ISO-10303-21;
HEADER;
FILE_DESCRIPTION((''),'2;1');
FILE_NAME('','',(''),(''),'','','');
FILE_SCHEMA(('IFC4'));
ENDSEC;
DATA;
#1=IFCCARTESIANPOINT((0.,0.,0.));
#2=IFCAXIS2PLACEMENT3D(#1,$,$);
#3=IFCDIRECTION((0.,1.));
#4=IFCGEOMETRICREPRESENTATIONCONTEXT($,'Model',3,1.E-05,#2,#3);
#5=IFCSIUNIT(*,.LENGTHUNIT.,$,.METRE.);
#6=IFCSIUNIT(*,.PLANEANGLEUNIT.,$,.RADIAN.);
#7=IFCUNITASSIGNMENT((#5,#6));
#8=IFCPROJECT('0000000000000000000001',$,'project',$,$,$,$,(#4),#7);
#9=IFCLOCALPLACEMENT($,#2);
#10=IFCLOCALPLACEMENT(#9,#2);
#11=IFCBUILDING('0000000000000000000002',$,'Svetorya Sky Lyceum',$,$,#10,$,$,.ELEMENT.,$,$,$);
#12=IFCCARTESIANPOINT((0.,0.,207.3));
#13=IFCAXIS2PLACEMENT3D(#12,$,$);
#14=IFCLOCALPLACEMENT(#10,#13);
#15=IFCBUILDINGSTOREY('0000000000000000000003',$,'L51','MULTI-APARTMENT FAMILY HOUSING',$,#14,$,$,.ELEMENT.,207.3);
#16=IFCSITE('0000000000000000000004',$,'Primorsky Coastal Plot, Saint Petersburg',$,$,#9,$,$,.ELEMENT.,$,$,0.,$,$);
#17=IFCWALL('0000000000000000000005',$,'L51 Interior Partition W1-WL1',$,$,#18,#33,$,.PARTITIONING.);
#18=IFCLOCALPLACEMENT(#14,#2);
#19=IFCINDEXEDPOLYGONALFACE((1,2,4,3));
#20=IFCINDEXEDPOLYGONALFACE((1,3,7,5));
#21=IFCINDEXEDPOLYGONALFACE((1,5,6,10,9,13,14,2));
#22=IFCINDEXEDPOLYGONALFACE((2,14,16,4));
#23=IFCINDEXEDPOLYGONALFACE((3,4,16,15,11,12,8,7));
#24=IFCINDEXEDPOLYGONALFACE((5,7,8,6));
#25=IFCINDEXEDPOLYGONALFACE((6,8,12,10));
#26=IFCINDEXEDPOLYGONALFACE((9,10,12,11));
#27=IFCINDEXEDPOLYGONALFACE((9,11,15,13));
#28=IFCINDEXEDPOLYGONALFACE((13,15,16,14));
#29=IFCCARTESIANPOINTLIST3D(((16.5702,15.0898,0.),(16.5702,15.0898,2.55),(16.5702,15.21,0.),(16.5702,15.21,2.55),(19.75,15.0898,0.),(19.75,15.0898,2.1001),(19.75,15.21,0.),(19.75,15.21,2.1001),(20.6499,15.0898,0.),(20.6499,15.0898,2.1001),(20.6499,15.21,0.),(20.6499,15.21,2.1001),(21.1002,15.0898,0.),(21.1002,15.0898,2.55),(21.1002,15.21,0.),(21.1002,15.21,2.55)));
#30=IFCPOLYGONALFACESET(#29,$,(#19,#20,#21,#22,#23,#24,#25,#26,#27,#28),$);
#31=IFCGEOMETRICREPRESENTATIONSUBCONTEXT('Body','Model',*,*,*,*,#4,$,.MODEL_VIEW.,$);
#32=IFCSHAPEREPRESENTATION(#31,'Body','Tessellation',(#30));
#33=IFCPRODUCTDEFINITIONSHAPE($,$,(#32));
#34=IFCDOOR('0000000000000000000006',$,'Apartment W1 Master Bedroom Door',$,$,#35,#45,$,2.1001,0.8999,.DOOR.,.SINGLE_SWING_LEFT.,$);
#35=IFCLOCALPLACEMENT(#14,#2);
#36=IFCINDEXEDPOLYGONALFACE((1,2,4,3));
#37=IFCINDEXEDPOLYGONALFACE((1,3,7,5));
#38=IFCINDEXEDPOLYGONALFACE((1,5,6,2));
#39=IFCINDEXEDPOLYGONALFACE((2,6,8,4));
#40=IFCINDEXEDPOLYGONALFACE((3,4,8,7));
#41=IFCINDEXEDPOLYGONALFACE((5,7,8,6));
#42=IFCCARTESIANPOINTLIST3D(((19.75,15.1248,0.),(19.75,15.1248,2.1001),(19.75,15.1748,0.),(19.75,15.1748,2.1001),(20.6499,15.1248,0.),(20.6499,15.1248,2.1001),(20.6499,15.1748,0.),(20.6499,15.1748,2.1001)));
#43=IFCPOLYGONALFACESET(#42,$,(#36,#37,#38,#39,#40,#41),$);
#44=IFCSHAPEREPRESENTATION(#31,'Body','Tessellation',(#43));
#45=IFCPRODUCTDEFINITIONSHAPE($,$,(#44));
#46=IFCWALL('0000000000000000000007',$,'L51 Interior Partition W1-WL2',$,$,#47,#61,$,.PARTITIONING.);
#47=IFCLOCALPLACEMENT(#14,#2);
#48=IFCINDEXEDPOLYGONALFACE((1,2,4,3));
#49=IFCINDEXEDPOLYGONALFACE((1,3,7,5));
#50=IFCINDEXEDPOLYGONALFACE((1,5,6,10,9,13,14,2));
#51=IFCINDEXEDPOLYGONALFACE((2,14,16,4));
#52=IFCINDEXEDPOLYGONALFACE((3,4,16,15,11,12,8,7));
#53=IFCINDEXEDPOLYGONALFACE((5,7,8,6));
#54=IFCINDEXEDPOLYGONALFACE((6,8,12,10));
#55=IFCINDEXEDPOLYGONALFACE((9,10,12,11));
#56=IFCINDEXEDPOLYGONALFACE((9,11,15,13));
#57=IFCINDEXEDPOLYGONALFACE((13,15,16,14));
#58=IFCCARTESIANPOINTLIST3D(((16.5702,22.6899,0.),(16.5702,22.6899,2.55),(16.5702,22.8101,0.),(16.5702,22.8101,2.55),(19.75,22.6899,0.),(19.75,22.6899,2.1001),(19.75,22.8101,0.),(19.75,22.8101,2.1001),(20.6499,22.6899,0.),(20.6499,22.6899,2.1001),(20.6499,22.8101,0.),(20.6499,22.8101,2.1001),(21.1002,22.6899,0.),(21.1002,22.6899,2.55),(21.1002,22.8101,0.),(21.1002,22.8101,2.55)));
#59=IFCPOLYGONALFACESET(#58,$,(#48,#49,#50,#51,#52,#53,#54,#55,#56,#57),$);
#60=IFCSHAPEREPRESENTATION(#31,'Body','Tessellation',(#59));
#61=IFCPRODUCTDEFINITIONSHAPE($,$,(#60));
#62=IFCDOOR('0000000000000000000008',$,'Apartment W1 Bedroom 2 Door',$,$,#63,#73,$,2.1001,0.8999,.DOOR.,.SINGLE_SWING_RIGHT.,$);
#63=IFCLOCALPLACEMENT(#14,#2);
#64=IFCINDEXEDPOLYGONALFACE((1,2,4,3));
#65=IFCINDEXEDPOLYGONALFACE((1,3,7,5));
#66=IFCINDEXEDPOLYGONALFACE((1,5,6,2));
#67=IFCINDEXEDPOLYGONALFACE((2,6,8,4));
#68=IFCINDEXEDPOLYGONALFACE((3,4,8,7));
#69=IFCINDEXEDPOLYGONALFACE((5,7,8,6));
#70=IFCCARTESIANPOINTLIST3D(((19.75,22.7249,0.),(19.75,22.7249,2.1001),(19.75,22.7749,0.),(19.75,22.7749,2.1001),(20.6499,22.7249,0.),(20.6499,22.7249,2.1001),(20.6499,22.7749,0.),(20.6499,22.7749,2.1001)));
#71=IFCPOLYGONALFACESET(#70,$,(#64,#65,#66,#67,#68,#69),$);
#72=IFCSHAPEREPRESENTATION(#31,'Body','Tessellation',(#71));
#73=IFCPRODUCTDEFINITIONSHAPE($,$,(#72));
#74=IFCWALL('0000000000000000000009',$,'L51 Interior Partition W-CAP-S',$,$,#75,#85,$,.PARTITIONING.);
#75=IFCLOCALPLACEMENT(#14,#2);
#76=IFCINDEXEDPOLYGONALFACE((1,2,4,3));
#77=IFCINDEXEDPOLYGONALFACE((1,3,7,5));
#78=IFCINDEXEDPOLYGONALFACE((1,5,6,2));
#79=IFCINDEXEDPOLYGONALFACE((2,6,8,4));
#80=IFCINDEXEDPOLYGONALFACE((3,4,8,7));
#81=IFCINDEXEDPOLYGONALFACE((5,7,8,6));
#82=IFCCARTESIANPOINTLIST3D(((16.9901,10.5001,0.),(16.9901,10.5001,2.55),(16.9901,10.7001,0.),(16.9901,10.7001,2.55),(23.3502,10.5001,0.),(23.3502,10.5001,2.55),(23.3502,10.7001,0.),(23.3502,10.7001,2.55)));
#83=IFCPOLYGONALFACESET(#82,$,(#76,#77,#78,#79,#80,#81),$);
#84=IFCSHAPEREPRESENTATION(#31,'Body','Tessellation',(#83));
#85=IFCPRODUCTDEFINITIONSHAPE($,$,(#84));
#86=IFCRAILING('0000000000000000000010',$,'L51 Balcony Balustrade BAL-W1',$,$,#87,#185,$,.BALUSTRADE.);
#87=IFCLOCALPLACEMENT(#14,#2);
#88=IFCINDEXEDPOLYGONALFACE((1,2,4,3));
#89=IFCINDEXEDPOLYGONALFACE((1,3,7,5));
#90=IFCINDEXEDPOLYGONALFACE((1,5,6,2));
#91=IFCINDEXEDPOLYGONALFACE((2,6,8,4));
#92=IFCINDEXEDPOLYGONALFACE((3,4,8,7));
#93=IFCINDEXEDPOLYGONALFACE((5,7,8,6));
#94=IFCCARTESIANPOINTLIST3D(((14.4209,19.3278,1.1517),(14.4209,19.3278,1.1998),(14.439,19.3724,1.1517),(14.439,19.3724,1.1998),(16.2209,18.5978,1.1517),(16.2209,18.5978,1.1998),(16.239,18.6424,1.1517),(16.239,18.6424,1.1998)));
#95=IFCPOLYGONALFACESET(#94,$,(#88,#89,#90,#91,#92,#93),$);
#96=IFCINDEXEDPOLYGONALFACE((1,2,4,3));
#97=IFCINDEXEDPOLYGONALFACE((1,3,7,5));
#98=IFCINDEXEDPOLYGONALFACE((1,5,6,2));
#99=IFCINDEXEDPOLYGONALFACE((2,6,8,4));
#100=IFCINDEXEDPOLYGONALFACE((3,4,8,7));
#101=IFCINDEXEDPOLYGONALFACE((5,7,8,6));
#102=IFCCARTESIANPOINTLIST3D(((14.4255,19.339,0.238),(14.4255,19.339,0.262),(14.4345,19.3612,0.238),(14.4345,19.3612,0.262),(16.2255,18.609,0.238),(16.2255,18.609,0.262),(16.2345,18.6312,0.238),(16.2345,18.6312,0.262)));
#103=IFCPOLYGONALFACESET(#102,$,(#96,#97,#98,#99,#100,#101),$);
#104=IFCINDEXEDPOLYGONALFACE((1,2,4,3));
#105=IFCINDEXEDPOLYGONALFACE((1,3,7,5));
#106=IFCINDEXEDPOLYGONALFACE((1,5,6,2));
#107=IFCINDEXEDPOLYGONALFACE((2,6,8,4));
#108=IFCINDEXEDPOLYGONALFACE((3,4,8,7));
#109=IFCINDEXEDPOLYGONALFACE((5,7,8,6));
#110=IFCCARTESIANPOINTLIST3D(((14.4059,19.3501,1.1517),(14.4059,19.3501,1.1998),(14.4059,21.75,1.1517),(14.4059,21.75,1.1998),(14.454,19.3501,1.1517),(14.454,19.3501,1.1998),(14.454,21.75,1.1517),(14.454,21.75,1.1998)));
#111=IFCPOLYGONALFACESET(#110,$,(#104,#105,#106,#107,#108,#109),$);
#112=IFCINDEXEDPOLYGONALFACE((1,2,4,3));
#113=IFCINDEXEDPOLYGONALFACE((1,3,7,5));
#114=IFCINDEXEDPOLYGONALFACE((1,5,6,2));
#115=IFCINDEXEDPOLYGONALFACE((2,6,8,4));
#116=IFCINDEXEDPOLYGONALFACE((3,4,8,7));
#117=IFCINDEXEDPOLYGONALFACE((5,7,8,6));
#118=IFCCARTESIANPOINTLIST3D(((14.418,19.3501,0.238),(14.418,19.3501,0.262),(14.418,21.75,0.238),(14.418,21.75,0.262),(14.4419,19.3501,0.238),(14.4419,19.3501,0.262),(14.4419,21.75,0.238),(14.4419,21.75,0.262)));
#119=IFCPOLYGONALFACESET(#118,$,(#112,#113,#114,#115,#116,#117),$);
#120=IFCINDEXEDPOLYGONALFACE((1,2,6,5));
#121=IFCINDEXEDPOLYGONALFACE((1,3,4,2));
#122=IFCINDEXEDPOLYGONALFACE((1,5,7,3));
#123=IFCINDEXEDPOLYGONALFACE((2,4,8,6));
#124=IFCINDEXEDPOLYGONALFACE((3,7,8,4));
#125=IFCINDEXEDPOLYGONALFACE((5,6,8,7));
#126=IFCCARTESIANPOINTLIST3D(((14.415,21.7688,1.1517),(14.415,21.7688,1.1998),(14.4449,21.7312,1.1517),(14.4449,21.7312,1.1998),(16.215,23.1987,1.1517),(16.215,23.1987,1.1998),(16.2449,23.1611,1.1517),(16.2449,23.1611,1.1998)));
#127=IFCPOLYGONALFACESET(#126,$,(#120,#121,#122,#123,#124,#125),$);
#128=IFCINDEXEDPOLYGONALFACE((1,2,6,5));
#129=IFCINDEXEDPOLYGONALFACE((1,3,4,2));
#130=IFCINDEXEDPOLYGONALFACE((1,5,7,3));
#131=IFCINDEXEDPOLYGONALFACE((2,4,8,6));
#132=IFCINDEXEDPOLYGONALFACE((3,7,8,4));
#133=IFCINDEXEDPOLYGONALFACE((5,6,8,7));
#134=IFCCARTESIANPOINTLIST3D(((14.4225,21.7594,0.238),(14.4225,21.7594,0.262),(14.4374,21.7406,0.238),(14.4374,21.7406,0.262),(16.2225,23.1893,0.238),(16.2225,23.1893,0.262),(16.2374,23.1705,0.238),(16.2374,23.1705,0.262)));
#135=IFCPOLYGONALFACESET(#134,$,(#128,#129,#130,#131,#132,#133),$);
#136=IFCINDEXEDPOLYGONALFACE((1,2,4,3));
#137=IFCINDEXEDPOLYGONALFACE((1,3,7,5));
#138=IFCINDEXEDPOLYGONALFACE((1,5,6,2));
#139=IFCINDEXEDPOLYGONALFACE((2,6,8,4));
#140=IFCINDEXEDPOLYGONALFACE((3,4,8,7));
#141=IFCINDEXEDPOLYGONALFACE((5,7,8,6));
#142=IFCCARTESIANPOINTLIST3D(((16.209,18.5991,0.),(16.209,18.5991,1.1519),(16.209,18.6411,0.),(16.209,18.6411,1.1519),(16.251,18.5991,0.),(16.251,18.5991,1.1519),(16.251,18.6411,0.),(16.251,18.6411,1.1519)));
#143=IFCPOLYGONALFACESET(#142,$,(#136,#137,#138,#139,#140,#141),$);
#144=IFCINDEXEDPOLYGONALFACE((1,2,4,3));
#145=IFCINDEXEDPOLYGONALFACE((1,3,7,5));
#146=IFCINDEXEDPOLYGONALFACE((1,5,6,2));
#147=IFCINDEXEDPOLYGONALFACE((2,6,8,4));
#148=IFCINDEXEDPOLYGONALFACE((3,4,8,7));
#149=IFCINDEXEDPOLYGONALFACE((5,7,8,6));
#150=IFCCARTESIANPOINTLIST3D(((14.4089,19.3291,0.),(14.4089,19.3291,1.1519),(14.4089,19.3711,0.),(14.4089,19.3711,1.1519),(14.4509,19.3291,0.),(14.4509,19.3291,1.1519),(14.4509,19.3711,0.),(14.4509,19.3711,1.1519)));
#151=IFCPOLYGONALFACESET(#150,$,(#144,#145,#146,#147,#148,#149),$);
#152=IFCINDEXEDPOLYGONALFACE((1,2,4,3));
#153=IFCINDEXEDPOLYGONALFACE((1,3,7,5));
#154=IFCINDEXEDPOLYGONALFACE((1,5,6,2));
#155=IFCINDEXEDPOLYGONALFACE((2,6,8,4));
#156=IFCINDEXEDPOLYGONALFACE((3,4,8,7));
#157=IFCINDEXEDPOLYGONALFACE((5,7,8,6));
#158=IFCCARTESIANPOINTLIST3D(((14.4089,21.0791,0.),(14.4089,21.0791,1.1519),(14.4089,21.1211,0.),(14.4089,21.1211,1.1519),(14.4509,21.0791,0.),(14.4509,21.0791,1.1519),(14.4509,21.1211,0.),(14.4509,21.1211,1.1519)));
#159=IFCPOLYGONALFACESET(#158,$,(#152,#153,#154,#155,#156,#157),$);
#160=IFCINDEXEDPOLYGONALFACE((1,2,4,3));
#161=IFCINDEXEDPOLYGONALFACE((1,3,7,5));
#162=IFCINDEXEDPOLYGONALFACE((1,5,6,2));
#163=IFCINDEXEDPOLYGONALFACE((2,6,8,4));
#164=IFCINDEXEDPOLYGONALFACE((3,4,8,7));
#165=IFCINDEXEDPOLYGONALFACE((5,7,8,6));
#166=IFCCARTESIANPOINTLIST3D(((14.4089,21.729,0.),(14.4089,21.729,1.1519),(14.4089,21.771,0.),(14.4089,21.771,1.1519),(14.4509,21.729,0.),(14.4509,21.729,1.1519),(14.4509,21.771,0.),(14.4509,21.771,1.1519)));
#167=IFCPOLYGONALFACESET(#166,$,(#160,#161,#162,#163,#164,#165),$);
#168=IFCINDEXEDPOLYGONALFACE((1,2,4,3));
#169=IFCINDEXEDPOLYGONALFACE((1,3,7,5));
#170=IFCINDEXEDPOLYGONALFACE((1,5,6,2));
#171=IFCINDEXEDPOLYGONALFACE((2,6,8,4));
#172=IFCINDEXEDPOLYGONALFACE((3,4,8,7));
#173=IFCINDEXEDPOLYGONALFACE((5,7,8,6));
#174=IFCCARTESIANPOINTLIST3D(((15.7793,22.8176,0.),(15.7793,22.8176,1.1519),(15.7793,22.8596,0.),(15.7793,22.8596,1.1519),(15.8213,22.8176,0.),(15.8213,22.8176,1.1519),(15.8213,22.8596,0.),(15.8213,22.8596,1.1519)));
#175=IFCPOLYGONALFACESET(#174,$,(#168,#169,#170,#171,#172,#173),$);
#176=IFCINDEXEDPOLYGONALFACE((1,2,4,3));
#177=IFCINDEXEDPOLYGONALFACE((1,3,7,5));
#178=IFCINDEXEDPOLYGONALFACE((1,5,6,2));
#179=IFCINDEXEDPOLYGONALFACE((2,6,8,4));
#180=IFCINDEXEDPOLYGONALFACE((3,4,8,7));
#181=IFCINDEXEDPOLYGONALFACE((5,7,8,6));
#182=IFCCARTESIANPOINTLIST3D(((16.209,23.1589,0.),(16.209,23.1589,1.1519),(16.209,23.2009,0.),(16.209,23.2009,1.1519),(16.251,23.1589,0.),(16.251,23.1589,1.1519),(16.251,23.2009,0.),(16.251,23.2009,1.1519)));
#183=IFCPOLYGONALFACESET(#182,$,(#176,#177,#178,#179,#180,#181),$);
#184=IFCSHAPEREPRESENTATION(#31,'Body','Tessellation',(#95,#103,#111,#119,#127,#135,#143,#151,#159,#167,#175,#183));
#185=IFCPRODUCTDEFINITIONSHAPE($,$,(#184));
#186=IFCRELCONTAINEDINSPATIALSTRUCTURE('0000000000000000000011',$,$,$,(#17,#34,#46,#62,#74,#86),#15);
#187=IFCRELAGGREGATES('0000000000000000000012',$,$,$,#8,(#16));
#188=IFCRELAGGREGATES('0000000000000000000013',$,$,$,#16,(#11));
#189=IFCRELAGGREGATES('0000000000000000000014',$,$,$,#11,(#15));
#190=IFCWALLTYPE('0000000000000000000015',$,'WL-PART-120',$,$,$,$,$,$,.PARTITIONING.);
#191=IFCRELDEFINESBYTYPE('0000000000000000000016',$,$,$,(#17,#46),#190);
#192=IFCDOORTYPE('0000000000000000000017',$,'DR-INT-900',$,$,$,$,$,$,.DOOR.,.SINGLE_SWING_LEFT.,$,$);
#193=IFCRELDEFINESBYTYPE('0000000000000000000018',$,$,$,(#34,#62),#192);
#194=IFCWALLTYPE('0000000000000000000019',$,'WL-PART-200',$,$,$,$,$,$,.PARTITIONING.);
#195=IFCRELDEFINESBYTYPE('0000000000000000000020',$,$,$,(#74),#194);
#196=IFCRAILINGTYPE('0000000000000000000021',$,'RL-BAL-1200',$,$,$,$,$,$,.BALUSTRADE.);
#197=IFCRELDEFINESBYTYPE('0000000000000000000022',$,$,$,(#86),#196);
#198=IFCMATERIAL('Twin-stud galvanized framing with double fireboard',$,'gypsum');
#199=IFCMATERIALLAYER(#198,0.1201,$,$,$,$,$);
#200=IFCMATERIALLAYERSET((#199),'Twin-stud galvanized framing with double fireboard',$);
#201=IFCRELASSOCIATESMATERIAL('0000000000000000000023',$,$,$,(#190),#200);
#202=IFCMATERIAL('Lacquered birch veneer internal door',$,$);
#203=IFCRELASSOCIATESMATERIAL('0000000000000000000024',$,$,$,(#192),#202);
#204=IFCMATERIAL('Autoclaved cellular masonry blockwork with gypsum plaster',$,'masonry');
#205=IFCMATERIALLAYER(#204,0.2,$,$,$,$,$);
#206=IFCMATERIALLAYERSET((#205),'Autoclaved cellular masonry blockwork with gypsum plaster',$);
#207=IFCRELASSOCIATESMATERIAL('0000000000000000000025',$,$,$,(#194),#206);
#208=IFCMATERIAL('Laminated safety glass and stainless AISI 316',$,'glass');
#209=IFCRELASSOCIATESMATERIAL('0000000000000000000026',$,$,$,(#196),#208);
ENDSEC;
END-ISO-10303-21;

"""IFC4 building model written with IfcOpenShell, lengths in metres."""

from ifc_helpers import new_model, si_unit, direction, frame, frame_2d, origin, origin_2d, place, context, subcontext, project, spatial, rectangle, extrude, material, layer, layer_set, type_object, element, fill, save


model = new_model("IFC4")

# Units and contexts
model_context = context("Model", 3, precision=1e-05, world=origin(), true_north=direction((0.0, 1.0)))
body_context = subcontext(model_context, "Body", "Model", "MODEL_VIEW")
ifc_project = project(units=[si_unit("LENGTHUNIT", "METRE"), si_unit("PLANEANGLEUNIT", "RADIAN")], contexts=[model_context])

# Site, building, storey
site_placement = place(None, origin())
site = spatial("IfcSite", under=ifc_project, at=site_placement, Name="Primorsky Coastal Plot, Saint Petersburg", CompositionType="ELEMENT", RefElevation=0.0)
building_placement = place(site_placement, origin())
building = spatial("IfcBuilding", under=site, at=building_placement, Name="Svetorya Sky Lyceum", CompositionType="ELEMENT")
storey_placement = place(building_placement, frame((0.0, 0.0, 207.3)))
storey = spatial("IfcBuildingStorey", under=building, at=storey_placement, Name="L51", Description="MULTI-APARTMENT FAMILY HOUSING", CompositionType="ELEMENT", Elevation=207.3)

# Walls, openings, doors
ifc_material_1 = material(Name="Twin-stud galvanized framing with double fireboard", Category="gypsum")
ifc_layer_1 = layer(ifc_material_1, 0.1201)
ifc_layer_set_1 = layer_set([ifc_layer_1], Name="Twin-stud galvanized framing with double fireboard")
wall_type_1 = type_object("IfcWallType", Name="WL-PART-120", PredefinedType="PARTITIONING", material=ifc_layer_set_1)
wall_1_placement = place(storey_placement, frame((16.5701, 15.1499, 0.0), z_axis=(0.0, 0.0, 1.0), x_axis=(1.0, 0.0, 0.0)))
wall_1 = element("IfcWall", 1, at=wall_1_placement, inside=storey, type_object=wall_type_1, Name="L51 Interior Partition W1-WL1", PredefinedType="PARTITIONING", context=body_context, shape_type="SweptSolid", body=[
    extrude(rectangle(XDim=4.53, YDim=0.1201, at=frame_2d((2.2651, 0.0))), origin(), (0.0, 0.0, 1.0), 2.55),
])
opening_1_placement = place(wall_1_placement, frame((3.1799, 0.0, 0.0)))
opening_1 = element("IfcOpeningElement", 2, at=opening_1_placement, cuts=wall_1, PredefinedType="OPENING", context=body_context, shape_type="SweptSolid", body=[
    extrude(rectangle(XDim=0.8999, YDim=2.1001, at=frame_2d((0.45, 1.05))), frame((0.0, 0.0701, 0.0), z_axis=(0.0, -1.0, 0.0), x_axis=(1.0, 0.0, 0.0)), (0.0, 0.0, 1.0), 0.1401),
])
ifc_material_2 = material(Name="Lacquered birch veneer internal door")
door_type = type_object("IfcDoorType", Name="DR-INT-900", OperationType="SINGLE_SWING_LEFT", PredefinedType="DOOR", material=ifc_material_2)
door_1_placement = place(opening_1_placement, origin())
door_1 = element("IfcDoor", 3, at=door_1_placement, inside=storey, type_object=door_type, Name="Apartment W1 Master Bedroom Door", OperationType="SINGLE_SWING_LEFT", OverallHeight=2.1001, OverallWidth=0.8999, PredefinedType="DOOR", context=body_context, shape_type="SweptSolid", body=[
    extrude(rectangle(XDim=0.8999, YDim=2.1001, at=frame_2d((0.45, 1.05))), frame((0.0, 0.0249, 0.0), z_axis=(0.0, -1.0, 0.0), x_axis=(1.0, 0.0, 0.0)), (0.0, 0.0, 1.0), 0.05),
])
fill(opening_1, door_1)
wall_2_placement = place(storey_placement, frame((16.5701, 22.75, 0.0), z_axis=(0.0, 0.0, 1.0), x_axis=(1.0, 0.0, 0.0)))
wall_2 = element("IfcWall", 4, at=wall_2_placement, inside=storey, type_object=wall_type_1, Name="L51 Interior Partition W1-WL2", PredefinedType="PARTITIONING", context=body_context, shape_type="SweptSolid", body=[
    extrude(rectangle(XDim=4.53, YDim=0.1201, at=frame_2d((2.2651, 0.0))), origin(), (0.0, 0.0, 1.0), 2.55),
])
opening_2_placement = place(wall_2_placement, frame((3.1799, 0.0, 0.0)))
opening_2 = element("IfcOpeningElement", 5, at=opening_2_placement, cuts=wall_2, PredefinedType="OPENING", context=body_context, shape_type="SweptSolid", body=[
    extrude(rectangle(XDim=0.8999, YDim=2.1001, at=frame_2d((0.45, 1.05))), frame((0.0, 0.0701, 0.0), z_axis=(0.0, -1.0, 0.0), x_axis=(1.0, 0.0, 0.0)), (0.0, 0.0, 1.0), 0.1401),
])
door_2_placement = place(opening_2_placement, origin())
door_2 = element("IfcDoor", 6, at=door_2_placement, inside=storey, type_object=door_type, Name="Apartment W1 Bedroom 2 Door", OperationType="SINGLE_SWING_RIGHT", OverallHeight=2.1001, OverallWidth=0.8999, PredefinedType="DOOR", context=body_context, shape_type="SweptSolid", body=[
    extrude(rectangle(XDim=0.8999, YDim=2.1001, at=frame_2d((0.45, 1.05))), frame((0.0, 0.0249, 0.0), z_axis=(0.0, -1.0, 0.0), x_axis=(1.0, 0.0, 0.0)), (0.0, 0.0, 1.0), 0.05),
])
fill(opening_2, door_2)

# Wall
ifc_material_3 = material(Name="Autoclaved cellular masonry blockwork with gypsum plaster", Category="masonry")
ifc_layer_2 = layer(ifc_material_3, 0.2)
ifc_layer_set_2 = layer_set([ifc_layer_2], Name="Autoclaved cellular masonry blockwork with gypsum plaster")
wall_type_2 = type_object("IfcWallType", Name="WL-PART-200", PredefinedType="PARTITIONING", material=ifc_layer_set_2)
wall_3_placement = place(storey_placement, frame((16.99, 10.6001, 0.0), z_axis=(0.0, 0.0, 1.0), x_axis=(1.0, 0.0, 0.0)))
element("IfcWall", 7, at=wall_3_placement, inside=storey, type_object=wall_type_2, Name="L51 Interior Partition W-CAP-S", PredefinedType="PARTITIONING", context=body_context, shape_type="SweptSolid", body=[
    extrude(rectangle(XDim=6.3601, YDim=0.2, at=frame_2d((3.1802, 0.0))), origin(), (0.0, 0.0, 1.0), 2.55),
])

# Railing
ifc_material_4 = material(Name="Laminated safety glass and stainless AISI 316", Category="glass")
railing_type = type_object("IfcRailingType", Name="RL-BAL-1200", PredefinedType="BALUSTRADE", material=ifc_material_4)
railing_placement = place(storey_placement, frame((16.23, 18.6201, 0.0)))
element("IfcRailing", 8, at=railing_placement, inside=storey, type_object=railing_type, Name="L51 Balcony Balustrade BAL-W1", PredefinedType="BALUSTRADE", context=body_context, shape_type="SweptSolid", body=[
    extrude(rectangle(XDim=0.0481, YDim=0.0481, at=origin_2d()), frame((0.0, 0.0, 1.1758), z_axis=(-0.926698, 0.375807, 0.0), x_axis=(-0.375807, -0.926698, 0.0)), (0.0, 0.0, 1.0), 1.9424),
    extrude(rectangle(XDim=0.0239, YDim=0.0239, at=origin_2d()), frame((0.0, 0.0, 0.25), z_axis=(-0.926698, 0.375807, 0.0), x_axis=(-0.375807, -0.926698, 0.0)), (0.0, 0.0, 1.0), 1.9424),
    extrude(rectangle(XDim=0.0481, YDim=0.0481, at=origin_2d()), frame((-1.8, 0.73, 1.1758), z_axis=(0.0, 1.0, 0.0), x_axis=(-1.0, 0.0, 0.0)), (0.0, 0.0, 1.0), 2.3999),
    extrude(rectangle(XDim=0.0239, YDim=0.0239, at=origin_2d()), frame((-1.8, 0.73, 0.25), z_axis=(0.0, 1.0, 0.0), x_axis=(-1.0, 0.0, 0.0)), (0.0, 0.0, 1.0), 2.3999),
    extrude(rectangle(XDim=0.0481, YDim=0.0481, at=origin_2d()), frame((-1.8, 3.1299, 1.1758), z_axis=(0.783009, 0.62201, 0.0), x_axis=(-0.62201, 0.783009, 0.0)), (0.0, 0.0, 1.0), 2.2988),
    extrude(rectangle(XDim=0.0239, YDim=0.0239, at=origin_2d()), frame((-1.8, 3.1299, 0.25), z_axis=(0.783009, 0.62201, 0.0), x_axis=(-0.62201, 0.783009, 0.0)), (0.0, 0.0, 1.0), 2.2988),
    extrude(rectangle(XDim=0.042, YDim=0.042, at=origin_2d()), origin(), (0.0, 0.0, 1.0), 1.1519),
    extrude(rectangle(XDim=0.042, YDim=0.042, at=origin_2d()), frame((-1.8, 0.73, 0.0)), (0.0, 0.0, 1.0), 1.1519),
    extrude(rectangle(XDim=0.042, YDim=0.042, at=origin_2d()), frame((-1.8, 2.48, 0.0)), (0.0, 0.0, 1.0), 1.1519),
    extrude(rectangle(XDim=0.042, YDim=0.042, at=origin_2d()), frame((-1.8, 3.1299, 0.0)), (0.0, 0.0, 1.0), 1.1519),
    extrude(rectangle(XDim=0.042, YDim=0.042, at=origin_2d()), frame((-0.4297, 4.2185, 0.0)), (0.0, 0.0, 1.0), 1.1519),
    extrude(rectangle(XDim=0.042, YDim=0.042, at=origin_2d()), frame((0.0, 4.5598, 0.0)), (0.0, 0.0, 1.0), 1.1519),
])

save(model, "model.ifc")
